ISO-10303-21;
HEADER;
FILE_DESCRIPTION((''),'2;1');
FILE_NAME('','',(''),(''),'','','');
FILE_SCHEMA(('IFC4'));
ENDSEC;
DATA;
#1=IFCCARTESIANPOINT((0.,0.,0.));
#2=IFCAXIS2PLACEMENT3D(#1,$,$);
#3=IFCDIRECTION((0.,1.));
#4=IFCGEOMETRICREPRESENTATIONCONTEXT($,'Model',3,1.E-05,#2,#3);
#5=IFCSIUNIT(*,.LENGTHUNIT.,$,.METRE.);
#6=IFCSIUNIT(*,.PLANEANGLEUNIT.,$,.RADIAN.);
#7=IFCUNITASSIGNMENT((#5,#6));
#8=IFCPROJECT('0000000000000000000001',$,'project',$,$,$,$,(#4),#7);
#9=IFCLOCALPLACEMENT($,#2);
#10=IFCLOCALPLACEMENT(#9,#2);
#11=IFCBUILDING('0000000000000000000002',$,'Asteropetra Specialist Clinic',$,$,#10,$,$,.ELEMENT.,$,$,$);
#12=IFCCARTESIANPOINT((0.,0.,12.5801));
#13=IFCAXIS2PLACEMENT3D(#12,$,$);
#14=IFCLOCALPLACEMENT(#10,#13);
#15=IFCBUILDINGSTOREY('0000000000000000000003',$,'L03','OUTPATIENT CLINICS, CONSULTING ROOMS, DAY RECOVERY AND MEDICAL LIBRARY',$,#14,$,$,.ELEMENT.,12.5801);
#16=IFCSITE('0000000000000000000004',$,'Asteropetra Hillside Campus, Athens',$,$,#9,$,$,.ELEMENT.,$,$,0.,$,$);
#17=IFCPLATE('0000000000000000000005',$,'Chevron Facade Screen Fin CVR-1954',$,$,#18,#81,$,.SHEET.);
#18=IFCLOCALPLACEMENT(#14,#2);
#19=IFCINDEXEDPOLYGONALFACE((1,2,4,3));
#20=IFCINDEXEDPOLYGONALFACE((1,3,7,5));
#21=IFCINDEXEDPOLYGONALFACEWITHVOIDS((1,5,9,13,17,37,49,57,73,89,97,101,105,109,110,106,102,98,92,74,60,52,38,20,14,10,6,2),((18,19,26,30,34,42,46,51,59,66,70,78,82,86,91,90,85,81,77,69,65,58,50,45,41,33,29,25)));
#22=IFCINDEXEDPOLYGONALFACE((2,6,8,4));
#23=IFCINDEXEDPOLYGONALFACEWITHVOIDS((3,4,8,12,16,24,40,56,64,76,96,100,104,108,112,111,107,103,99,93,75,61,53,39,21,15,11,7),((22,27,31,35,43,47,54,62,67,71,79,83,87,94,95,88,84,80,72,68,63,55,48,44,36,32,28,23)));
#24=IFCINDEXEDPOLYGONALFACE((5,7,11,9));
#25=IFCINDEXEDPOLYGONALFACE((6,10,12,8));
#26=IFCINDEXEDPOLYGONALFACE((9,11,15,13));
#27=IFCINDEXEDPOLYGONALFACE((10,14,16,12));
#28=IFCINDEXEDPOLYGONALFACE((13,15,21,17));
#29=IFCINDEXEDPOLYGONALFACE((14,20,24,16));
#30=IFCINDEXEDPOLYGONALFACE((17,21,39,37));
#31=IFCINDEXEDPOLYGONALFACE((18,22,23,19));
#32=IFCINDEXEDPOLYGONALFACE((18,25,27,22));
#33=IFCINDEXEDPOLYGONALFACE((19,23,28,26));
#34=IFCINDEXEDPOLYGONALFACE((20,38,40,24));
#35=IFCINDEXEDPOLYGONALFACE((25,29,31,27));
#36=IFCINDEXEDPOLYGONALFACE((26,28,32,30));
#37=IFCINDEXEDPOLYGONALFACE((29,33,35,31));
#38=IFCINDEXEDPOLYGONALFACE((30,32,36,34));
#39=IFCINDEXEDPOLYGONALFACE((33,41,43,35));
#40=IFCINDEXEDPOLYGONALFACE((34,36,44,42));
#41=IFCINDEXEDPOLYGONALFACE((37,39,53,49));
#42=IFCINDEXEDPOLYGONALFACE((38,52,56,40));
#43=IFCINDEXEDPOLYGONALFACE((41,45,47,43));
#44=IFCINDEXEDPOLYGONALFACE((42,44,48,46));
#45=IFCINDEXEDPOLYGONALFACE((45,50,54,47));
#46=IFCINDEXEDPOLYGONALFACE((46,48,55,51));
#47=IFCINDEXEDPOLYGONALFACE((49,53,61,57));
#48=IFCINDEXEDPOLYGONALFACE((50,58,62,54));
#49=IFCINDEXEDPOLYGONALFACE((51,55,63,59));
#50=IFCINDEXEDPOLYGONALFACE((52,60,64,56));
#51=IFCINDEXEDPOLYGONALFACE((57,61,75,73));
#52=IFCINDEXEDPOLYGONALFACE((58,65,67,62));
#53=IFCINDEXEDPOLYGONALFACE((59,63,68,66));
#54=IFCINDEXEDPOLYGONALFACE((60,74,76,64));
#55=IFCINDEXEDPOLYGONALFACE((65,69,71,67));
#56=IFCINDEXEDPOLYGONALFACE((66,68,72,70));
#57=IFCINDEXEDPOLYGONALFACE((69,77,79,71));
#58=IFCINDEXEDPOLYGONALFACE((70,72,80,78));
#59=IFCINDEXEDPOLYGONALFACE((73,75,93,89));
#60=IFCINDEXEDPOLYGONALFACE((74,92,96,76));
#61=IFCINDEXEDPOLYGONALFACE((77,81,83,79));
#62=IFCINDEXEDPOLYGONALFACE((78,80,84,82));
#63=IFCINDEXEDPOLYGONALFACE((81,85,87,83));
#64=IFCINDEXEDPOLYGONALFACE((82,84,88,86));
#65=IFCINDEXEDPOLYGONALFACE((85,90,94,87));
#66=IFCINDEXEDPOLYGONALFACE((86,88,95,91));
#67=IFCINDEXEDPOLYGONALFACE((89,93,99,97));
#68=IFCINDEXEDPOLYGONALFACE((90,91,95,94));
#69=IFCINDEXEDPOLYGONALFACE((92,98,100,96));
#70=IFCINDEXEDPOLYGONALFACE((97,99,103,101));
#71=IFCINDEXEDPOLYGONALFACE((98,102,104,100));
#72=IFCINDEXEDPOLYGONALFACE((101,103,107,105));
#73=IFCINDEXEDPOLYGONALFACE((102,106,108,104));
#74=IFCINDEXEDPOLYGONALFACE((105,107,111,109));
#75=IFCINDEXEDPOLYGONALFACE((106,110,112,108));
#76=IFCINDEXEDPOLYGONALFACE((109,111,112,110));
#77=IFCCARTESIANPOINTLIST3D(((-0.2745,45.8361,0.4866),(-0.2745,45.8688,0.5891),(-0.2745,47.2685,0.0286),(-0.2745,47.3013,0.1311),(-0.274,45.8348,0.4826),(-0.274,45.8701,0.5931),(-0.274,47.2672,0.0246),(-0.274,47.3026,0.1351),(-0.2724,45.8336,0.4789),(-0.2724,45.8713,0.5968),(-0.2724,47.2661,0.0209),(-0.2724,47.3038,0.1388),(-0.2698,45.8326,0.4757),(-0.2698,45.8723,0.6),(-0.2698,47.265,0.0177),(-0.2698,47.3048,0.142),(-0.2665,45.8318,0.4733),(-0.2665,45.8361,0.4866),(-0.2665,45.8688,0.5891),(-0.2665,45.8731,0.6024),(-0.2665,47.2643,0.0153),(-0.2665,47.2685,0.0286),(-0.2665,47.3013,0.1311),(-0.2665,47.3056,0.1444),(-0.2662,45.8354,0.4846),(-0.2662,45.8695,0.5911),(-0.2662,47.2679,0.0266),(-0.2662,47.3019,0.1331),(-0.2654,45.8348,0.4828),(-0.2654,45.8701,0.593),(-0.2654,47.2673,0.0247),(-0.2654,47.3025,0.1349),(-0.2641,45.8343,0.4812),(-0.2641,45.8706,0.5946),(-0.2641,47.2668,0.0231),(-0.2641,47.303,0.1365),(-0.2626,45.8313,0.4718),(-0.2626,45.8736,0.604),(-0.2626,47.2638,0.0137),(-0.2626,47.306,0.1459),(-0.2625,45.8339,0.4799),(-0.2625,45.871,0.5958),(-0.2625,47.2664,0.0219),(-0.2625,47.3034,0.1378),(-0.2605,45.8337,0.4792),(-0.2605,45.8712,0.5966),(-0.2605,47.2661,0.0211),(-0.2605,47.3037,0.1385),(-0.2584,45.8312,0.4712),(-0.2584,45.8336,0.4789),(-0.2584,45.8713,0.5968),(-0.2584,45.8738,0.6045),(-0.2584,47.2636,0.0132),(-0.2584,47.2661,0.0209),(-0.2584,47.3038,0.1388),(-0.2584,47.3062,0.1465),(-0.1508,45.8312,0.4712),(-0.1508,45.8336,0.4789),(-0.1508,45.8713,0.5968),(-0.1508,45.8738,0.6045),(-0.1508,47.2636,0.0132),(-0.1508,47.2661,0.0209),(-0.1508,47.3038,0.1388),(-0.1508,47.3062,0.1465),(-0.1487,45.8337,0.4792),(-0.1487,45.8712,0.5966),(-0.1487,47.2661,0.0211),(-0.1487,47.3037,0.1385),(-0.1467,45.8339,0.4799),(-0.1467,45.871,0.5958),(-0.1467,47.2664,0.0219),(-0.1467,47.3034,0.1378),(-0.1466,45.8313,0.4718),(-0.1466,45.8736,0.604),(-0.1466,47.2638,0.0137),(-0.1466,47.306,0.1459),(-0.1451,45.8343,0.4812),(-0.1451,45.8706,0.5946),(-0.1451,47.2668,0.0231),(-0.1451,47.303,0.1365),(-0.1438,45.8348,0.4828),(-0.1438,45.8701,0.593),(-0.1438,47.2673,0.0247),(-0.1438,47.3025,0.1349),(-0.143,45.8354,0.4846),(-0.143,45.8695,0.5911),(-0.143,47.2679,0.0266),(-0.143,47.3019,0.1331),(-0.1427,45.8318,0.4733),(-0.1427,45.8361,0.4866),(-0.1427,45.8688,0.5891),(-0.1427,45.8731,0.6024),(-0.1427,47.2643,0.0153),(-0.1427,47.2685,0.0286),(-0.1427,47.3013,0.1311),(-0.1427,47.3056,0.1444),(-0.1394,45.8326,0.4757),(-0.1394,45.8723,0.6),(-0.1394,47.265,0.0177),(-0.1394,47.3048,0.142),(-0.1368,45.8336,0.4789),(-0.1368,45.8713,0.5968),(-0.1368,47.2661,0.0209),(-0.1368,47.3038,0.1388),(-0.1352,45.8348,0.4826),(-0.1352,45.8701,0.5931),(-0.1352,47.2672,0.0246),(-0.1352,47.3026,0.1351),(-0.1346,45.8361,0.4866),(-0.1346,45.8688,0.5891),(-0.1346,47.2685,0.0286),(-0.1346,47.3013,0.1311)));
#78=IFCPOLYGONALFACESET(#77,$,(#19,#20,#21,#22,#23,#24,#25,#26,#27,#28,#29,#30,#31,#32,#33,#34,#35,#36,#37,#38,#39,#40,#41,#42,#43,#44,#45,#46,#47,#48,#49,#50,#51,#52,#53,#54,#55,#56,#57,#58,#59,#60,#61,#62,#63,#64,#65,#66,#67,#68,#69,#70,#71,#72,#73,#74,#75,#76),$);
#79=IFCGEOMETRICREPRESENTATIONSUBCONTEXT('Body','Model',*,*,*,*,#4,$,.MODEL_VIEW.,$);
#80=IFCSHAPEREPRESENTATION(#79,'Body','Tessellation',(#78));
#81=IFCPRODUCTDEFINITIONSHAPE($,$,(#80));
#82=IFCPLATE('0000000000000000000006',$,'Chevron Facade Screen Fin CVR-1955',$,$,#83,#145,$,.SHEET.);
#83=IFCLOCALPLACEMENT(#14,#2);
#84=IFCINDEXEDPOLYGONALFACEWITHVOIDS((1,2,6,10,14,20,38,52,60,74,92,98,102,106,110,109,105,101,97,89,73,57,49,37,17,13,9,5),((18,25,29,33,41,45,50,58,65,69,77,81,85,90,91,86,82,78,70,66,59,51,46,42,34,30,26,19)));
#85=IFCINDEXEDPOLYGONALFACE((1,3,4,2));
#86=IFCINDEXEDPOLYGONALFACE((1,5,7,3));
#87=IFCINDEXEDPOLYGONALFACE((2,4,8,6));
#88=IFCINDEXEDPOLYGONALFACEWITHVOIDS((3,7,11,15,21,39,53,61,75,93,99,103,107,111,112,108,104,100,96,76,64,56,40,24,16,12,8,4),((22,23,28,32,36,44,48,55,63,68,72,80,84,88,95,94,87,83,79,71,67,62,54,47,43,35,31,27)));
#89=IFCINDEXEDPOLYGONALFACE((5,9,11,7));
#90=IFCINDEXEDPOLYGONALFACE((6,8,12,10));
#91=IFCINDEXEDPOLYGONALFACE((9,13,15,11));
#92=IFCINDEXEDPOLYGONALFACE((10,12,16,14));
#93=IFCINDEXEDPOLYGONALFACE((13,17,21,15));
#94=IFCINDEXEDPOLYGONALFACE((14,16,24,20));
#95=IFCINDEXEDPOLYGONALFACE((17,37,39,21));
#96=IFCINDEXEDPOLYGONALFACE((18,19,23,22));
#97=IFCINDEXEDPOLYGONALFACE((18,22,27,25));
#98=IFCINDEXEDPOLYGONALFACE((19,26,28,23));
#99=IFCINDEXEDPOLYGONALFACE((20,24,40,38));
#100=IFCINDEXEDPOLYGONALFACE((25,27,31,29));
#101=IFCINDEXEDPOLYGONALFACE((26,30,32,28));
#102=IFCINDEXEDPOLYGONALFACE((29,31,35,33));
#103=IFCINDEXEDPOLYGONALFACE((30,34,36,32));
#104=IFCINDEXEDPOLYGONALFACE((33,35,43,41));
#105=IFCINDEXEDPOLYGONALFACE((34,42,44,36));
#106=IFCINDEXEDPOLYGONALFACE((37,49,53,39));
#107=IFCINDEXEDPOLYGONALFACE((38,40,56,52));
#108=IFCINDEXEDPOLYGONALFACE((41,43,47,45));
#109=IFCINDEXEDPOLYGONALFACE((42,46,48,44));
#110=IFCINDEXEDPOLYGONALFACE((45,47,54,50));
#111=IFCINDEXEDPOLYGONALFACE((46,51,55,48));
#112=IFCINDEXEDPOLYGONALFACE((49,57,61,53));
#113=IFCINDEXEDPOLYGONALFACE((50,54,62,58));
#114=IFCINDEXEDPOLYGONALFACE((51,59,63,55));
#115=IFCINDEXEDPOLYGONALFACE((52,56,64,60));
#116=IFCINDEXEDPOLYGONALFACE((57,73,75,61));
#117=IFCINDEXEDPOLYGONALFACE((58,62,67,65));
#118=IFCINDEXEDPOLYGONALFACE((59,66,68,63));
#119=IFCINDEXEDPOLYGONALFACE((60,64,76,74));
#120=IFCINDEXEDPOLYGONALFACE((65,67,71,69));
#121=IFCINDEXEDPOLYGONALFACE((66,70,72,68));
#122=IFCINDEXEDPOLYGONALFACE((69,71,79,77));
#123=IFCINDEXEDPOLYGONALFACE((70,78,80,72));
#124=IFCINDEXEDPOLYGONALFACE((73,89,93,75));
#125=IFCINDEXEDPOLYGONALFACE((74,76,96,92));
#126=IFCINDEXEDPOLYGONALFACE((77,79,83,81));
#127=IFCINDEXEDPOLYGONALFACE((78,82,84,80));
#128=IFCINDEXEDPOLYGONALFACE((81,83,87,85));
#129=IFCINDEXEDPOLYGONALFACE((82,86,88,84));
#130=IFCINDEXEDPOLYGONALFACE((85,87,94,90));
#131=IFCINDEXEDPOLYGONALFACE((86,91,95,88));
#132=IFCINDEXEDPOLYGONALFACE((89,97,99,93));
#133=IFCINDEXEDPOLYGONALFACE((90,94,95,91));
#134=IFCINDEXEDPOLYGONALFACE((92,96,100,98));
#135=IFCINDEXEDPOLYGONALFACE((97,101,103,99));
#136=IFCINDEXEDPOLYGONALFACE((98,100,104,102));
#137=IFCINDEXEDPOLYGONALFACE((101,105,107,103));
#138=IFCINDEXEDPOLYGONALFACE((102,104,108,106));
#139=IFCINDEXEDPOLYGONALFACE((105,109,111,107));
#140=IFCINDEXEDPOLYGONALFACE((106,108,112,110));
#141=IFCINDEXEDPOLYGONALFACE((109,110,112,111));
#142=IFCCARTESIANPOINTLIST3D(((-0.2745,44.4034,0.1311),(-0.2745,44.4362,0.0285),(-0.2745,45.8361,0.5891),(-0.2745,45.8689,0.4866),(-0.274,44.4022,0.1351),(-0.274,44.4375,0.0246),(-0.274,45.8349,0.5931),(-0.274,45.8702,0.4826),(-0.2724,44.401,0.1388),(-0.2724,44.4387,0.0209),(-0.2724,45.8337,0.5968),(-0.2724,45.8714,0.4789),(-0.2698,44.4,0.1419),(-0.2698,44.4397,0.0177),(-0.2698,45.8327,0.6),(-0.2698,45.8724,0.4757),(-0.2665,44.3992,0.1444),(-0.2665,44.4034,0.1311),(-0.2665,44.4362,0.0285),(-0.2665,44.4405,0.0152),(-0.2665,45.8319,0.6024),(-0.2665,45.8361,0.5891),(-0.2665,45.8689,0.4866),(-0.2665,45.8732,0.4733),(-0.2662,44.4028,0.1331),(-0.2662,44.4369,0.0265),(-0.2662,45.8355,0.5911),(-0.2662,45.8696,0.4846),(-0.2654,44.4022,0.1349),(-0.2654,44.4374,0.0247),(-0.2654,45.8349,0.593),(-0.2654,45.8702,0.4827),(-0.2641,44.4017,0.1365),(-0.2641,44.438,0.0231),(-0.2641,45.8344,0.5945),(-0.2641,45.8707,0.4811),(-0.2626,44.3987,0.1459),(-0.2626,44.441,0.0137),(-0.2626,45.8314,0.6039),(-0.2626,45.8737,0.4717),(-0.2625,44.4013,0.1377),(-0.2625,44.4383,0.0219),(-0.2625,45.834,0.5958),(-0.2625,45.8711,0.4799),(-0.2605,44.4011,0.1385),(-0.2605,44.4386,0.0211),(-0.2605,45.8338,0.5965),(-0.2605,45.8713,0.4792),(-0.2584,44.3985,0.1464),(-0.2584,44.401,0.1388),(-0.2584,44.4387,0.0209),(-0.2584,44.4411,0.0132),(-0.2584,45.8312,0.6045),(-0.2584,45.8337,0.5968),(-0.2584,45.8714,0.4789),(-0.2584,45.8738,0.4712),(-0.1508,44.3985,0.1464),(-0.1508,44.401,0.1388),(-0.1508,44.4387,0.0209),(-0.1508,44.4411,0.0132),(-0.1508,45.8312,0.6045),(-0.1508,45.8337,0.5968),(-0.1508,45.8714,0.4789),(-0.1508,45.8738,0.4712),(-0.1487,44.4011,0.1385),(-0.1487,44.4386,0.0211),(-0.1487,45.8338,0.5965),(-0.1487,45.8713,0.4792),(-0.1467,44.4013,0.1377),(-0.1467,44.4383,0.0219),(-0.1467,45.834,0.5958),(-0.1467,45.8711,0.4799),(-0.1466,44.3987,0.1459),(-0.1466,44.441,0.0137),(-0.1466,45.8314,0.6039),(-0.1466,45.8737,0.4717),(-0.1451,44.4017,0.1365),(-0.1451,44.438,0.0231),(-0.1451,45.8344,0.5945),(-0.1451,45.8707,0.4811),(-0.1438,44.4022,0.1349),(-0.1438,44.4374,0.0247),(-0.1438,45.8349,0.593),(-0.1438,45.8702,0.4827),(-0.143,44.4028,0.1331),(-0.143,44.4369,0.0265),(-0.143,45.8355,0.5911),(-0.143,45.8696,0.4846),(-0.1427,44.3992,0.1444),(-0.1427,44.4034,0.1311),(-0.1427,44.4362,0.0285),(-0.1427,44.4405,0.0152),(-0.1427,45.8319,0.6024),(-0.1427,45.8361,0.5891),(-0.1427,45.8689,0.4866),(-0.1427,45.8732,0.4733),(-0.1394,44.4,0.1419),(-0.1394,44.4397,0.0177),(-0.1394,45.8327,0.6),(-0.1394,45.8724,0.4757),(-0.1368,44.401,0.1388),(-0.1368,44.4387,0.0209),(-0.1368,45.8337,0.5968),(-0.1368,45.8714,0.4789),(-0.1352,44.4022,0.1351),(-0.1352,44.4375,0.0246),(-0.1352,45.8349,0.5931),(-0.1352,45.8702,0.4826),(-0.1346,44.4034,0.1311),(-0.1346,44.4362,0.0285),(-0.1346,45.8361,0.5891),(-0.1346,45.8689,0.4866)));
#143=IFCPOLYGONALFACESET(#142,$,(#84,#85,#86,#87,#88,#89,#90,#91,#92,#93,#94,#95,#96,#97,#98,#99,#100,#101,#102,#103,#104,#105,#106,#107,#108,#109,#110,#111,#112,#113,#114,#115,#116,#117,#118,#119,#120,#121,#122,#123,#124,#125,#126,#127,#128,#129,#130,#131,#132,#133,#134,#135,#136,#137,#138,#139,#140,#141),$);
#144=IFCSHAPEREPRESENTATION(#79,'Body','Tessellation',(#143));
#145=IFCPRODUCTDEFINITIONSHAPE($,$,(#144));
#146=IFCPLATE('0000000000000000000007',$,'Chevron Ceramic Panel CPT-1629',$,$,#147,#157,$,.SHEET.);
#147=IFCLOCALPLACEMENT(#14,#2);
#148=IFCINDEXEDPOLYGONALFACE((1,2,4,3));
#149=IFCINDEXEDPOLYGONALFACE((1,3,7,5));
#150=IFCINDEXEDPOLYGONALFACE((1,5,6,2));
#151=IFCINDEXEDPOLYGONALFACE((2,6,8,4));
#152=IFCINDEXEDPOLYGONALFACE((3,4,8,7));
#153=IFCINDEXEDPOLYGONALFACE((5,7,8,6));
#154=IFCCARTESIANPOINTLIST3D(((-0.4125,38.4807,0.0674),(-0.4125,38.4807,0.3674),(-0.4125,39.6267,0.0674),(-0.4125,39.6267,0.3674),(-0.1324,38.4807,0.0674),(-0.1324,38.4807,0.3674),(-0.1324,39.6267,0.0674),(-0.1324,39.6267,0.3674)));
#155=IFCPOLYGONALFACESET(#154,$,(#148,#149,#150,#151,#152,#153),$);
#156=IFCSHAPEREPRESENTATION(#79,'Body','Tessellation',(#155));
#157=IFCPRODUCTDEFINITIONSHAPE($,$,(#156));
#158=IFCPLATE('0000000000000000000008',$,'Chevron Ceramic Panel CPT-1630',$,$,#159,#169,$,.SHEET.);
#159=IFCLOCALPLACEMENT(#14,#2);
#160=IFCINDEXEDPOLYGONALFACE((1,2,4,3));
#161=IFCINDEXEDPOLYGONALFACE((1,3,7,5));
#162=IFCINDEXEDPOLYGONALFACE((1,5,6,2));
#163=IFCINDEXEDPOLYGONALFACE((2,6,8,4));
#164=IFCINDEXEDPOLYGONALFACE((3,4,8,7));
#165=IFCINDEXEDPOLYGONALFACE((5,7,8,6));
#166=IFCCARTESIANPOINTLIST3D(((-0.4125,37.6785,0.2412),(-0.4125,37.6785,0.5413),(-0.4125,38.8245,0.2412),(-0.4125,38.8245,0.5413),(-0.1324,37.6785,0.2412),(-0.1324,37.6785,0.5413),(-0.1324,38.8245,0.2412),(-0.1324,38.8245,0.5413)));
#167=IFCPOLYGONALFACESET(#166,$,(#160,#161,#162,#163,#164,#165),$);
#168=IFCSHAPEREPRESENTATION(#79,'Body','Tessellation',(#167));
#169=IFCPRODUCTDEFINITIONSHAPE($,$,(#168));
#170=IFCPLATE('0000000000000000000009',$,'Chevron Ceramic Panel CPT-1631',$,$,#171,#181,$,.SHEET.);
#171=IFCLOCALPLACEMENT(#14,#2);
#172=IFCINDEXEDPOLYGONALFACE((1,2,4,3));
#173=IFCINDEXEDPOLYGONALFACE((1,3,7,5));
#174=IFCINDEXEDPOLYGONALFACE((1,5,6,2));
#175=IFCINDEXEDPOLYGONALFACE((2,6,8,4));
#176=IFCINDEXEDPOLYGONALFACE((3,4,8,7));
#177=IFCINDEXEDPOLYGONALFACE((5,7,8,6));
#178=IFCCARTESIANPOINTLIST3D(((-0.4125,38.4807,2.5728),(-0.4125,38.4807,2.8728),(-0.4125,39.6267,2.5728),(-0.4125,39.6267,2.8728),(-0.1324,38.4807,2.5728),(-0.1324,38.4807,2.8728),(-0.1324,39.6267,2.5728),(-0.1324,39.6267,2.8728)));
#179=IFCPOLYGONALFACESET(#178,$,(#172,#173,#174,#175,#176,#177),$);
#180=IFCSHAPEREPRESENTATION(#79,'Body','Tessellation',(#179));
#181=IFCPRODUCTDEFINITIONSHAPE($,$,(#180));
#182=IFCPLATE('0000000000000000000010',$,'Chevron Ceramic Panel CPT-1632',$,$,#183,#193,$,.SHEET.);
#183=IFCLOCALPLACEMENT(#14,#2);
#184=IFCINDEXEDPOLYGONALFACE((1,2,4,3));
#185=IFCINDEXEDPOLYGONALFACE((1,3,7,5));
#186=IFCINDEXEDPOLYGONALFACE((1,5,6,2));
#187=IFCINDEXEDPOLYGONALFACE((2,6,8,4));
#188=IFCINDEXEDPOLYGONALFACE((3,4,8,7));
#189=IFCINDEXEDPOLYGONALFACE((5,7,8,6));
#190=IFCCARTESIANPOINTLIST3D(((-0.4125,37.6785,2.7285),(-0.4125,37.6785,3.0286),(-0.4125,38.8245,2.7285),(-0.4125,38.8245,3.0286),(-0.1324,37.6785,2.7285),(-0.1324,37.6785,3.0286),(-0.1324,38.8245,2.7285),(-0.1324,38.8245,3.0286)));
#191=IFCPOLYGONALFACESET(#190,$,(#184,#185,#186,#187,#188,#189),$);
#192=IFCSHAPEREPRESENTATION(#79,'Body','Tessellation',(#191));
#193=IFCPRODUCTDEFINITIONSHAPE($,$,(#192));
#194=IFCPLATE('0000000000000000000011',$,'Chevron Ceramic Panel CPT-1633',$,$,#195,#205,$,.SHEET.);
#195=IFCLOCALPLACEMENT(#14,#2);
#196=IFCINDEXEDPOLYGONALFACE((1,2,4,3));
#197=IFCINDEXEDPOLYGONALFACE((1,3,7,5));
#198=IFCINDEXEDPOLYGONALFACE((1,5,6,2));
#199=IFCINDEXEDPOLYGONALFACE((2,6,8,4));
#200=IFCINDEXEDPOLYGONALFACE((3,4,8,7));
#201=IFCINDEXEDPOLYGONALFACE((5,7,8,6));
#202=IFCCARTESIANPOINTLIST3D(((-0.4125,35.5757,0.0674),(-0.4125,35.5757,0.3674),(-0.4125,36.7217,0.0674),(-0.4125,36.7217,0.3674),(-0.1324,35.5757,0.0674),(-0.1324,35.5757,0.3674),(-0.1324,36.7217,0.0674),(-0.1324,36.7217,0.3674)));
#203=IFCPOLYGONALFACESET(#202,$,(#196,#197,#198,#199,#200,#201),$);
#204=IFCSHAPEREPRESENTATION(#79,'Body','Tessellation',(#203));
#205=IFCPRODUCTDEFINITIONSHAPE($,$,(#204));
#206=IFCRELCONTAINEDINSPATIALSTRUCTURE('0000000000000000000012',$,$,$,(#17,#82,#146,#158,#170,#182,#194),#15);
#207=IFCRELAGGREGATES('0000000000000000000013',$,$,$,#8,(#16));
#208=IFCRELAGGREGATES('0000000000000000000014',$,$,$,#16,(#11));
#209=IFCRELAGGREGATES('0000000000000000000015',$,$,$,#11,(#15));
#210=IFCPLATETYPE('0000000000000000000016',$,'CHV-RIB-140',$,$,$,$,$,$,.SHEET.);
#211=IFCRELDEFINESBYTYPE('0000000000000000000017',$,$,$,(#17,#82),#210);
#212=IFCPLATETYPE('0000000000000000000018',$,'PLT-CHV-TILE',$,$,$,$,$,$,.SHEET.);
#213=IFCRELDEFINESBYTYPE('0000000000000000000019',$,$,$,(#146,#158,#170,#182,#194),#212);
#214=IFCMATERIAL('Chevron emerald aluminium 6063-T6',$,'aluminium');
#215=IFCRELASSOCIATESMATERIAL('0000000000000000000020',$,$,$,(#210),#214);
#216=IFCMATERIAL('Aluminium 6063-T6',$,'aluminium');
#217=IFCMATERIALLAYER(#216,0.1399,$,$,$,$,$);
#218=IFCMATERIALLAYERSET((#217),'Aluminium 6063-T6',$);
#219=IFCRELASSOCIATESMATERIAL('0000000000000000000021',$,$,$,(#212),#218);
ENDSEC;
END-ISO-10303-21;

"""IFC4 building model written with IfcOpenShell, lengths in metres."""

from ifc_helpers import new_model, si_unit, direction, frame, origin, origin_2d, place, context, subcontext, project, spatial, rectangle, hollow_rectangle, extrude, material, layer, layer_set, material_profile, profile_set, type_object, element, save


model = new_model("IFC4")

# Units and contexts
model_context = context("Model", 3, precision=1e-05, world=origin(), true_north=direction((0.0, 1.0)))
body_context = subcontext(model_context, "Body", "Model", "MODEL_VIEW")
ifc_project = project(units=[si_unit("LENGTHUNIT", "METRE"), si_unit("PLANEANGLEUNIT", "RADIAN")], contexts=[model_context])

# Site, building, storey
site_placement = place(None, origin())
site = spatial("IfcSite", under=ifc_project, at=site_placement, Name="Asteropetra Hillside Campus, Athens", CompositionType="ELEMENT", RefElevation=0.0)
building_placement = place(site_placement, origin())
building = spatial("IfcBuilding", under=site, at=building_placement, Name="Asteropetra Specialist Clinic", CompositionType="ELEMENT")
storey_placement = place(building_placement, frame((0.0, 0.0, 12.5801)))
storey = spatial("IfcBuildingStorey", under=building, at=storey_placement, Name="L03", Description="OUTPATIENT CLINICS, CONSULTING ROOMS, DAY RECOVERY AND MEDICAL LIBRARY", CompositionType="ELEMENT", Elevation=12.5801)

# Plates
ifc_material_1 = material(Name="Chevron emerald aluminium 6063-T6", Category="aluminium")
ifc_material_profile = material_profile(ifc_material_1, hollow_rectangle(XDim=0.1399, YDim=0.1399, WallThickness=0.0081, InnerFilletRadius=0.0081, OuterFilletRadius=0.0161, at=origin_2d()), Name="SHS 140x140x8.0")
ifc_profile_set = profile_set([ifc_material_profile], Name="Chevron emerald aluminium 6063-T6")
plate_type_1 = type_object("IfcPlateType", Name="CHV-RIB-140", PredefinedType="SHEET", material=ifc_profile_set)
plate_1_placement = place(storey_placement, frame((-0.2046, 47.2849, 0.0798), z_axis=(0.0, -0.952492, 0.304564), x_axis=(1.0, 0.0, 0.0)))
element("IfcPlate", 1, at=plate_1_placement, inside=storey, type_object=plate_type_1, Name="Chevron Facade Screen Fin CVR-1954", PredefinedType="SHEET", context=body_context, shape_type="SweptSolid", body=[
    extrude(hollow_rectangle(XDim=0.1399, YDim=0.1399, WallThickness=0.0081, InnerFilletRadius=0.0081, OuterFilletRadius=0.0161, at=origin_2d()), origin(), (0.0, 0.0, 1.0), 1.5039),
])
plate_2_placement = place(storey_placement, frame((-0.2046, 45.8525, 0.5378), z_axis=(0.0, -0.952507, -0.304517), x_axis=(1.0, 0.0, 0.0)))
element("IfcPlate", 2, at=plate_2_placement, inside=storey, type_object=plate_type_1, Name="Chevron Facade Screen Fin CVR-1955", PredefinedType="SHEET", context=body_context, shape_type="SweptSolid", body=[
    extrude(hollow_rectangle(XDim=0.1399, YDim=0.1399, WallThickness=0.0081, InnerFilletRadius=0.0081, OuterFilletRadius=0.0161, at=origin_2d()), origin(), (0.0, 0.0, 1.0), 1.5042),
])
ifc_material_2 = material(Name="Aluminium 6063-T6", Category="aluminium")
ifc_layer_1 = layer(ifc_material_2, 0.1399)
ifc_layer_set_1 = layer_set([ifc_layer_1], Name="Aluminium 6063-T6")
plate_type_2 = type_object("IfcPlateType", Name="PLT-CHV-TILE", PredefinedType="SHEET", material=ifc_layer_set_1)
for number, where, z_axis, x_axis, name in (
    (3, (-0.2725, 39.0537, 0.0674), (0.0, 0.0, 1.0), (1.0, 0.0, 0.0), "Chevron Ceramic Panel CPT-1629"),
    (4, (-0.2725, 38.2515, 0.2412), (0.0, 0.0, 1.0), (1.0, 0.0, 0.0), "Chevron Ceramic Panel CPT-1630"),
    (5, (-0.2725, 39.0537, 2.5728), (0.0, 0.0, 1.0), (1.0, 0.0, 0.0), "Chevron Ceramic Panel CPT-1631"),
    (6, (-0.2725, 38.2515, 2.7285), (0.0, 0.0, 1.0), (1.0, 0.0, 0.0), "Chevron Ceramic Panel CPT-1632"),
    (7, (-0.2725, 36.1487, 0.0674), (0.0, 0.0, 1.0), (1.0, 0.0, 0.0), "Chevron Ceramic Panel CPT-1633"),
):
    element("IfcPlate", number, at=place(storey_placement, frame(where, z_axis=z_axis, x_axis=x_axis)), inside=storey, type_object=plate_type_2, Name=name, PredefinedType="SHEET", context=body_context, shape_type="SweptSolid", body=[
        extrude(rectangle(XDim=0.28, YDim=1.146, at=origin_2d()), origin(), (0.0, 0.0, 1.0), 0.3),
    ])

save(model, "model.ifc")
